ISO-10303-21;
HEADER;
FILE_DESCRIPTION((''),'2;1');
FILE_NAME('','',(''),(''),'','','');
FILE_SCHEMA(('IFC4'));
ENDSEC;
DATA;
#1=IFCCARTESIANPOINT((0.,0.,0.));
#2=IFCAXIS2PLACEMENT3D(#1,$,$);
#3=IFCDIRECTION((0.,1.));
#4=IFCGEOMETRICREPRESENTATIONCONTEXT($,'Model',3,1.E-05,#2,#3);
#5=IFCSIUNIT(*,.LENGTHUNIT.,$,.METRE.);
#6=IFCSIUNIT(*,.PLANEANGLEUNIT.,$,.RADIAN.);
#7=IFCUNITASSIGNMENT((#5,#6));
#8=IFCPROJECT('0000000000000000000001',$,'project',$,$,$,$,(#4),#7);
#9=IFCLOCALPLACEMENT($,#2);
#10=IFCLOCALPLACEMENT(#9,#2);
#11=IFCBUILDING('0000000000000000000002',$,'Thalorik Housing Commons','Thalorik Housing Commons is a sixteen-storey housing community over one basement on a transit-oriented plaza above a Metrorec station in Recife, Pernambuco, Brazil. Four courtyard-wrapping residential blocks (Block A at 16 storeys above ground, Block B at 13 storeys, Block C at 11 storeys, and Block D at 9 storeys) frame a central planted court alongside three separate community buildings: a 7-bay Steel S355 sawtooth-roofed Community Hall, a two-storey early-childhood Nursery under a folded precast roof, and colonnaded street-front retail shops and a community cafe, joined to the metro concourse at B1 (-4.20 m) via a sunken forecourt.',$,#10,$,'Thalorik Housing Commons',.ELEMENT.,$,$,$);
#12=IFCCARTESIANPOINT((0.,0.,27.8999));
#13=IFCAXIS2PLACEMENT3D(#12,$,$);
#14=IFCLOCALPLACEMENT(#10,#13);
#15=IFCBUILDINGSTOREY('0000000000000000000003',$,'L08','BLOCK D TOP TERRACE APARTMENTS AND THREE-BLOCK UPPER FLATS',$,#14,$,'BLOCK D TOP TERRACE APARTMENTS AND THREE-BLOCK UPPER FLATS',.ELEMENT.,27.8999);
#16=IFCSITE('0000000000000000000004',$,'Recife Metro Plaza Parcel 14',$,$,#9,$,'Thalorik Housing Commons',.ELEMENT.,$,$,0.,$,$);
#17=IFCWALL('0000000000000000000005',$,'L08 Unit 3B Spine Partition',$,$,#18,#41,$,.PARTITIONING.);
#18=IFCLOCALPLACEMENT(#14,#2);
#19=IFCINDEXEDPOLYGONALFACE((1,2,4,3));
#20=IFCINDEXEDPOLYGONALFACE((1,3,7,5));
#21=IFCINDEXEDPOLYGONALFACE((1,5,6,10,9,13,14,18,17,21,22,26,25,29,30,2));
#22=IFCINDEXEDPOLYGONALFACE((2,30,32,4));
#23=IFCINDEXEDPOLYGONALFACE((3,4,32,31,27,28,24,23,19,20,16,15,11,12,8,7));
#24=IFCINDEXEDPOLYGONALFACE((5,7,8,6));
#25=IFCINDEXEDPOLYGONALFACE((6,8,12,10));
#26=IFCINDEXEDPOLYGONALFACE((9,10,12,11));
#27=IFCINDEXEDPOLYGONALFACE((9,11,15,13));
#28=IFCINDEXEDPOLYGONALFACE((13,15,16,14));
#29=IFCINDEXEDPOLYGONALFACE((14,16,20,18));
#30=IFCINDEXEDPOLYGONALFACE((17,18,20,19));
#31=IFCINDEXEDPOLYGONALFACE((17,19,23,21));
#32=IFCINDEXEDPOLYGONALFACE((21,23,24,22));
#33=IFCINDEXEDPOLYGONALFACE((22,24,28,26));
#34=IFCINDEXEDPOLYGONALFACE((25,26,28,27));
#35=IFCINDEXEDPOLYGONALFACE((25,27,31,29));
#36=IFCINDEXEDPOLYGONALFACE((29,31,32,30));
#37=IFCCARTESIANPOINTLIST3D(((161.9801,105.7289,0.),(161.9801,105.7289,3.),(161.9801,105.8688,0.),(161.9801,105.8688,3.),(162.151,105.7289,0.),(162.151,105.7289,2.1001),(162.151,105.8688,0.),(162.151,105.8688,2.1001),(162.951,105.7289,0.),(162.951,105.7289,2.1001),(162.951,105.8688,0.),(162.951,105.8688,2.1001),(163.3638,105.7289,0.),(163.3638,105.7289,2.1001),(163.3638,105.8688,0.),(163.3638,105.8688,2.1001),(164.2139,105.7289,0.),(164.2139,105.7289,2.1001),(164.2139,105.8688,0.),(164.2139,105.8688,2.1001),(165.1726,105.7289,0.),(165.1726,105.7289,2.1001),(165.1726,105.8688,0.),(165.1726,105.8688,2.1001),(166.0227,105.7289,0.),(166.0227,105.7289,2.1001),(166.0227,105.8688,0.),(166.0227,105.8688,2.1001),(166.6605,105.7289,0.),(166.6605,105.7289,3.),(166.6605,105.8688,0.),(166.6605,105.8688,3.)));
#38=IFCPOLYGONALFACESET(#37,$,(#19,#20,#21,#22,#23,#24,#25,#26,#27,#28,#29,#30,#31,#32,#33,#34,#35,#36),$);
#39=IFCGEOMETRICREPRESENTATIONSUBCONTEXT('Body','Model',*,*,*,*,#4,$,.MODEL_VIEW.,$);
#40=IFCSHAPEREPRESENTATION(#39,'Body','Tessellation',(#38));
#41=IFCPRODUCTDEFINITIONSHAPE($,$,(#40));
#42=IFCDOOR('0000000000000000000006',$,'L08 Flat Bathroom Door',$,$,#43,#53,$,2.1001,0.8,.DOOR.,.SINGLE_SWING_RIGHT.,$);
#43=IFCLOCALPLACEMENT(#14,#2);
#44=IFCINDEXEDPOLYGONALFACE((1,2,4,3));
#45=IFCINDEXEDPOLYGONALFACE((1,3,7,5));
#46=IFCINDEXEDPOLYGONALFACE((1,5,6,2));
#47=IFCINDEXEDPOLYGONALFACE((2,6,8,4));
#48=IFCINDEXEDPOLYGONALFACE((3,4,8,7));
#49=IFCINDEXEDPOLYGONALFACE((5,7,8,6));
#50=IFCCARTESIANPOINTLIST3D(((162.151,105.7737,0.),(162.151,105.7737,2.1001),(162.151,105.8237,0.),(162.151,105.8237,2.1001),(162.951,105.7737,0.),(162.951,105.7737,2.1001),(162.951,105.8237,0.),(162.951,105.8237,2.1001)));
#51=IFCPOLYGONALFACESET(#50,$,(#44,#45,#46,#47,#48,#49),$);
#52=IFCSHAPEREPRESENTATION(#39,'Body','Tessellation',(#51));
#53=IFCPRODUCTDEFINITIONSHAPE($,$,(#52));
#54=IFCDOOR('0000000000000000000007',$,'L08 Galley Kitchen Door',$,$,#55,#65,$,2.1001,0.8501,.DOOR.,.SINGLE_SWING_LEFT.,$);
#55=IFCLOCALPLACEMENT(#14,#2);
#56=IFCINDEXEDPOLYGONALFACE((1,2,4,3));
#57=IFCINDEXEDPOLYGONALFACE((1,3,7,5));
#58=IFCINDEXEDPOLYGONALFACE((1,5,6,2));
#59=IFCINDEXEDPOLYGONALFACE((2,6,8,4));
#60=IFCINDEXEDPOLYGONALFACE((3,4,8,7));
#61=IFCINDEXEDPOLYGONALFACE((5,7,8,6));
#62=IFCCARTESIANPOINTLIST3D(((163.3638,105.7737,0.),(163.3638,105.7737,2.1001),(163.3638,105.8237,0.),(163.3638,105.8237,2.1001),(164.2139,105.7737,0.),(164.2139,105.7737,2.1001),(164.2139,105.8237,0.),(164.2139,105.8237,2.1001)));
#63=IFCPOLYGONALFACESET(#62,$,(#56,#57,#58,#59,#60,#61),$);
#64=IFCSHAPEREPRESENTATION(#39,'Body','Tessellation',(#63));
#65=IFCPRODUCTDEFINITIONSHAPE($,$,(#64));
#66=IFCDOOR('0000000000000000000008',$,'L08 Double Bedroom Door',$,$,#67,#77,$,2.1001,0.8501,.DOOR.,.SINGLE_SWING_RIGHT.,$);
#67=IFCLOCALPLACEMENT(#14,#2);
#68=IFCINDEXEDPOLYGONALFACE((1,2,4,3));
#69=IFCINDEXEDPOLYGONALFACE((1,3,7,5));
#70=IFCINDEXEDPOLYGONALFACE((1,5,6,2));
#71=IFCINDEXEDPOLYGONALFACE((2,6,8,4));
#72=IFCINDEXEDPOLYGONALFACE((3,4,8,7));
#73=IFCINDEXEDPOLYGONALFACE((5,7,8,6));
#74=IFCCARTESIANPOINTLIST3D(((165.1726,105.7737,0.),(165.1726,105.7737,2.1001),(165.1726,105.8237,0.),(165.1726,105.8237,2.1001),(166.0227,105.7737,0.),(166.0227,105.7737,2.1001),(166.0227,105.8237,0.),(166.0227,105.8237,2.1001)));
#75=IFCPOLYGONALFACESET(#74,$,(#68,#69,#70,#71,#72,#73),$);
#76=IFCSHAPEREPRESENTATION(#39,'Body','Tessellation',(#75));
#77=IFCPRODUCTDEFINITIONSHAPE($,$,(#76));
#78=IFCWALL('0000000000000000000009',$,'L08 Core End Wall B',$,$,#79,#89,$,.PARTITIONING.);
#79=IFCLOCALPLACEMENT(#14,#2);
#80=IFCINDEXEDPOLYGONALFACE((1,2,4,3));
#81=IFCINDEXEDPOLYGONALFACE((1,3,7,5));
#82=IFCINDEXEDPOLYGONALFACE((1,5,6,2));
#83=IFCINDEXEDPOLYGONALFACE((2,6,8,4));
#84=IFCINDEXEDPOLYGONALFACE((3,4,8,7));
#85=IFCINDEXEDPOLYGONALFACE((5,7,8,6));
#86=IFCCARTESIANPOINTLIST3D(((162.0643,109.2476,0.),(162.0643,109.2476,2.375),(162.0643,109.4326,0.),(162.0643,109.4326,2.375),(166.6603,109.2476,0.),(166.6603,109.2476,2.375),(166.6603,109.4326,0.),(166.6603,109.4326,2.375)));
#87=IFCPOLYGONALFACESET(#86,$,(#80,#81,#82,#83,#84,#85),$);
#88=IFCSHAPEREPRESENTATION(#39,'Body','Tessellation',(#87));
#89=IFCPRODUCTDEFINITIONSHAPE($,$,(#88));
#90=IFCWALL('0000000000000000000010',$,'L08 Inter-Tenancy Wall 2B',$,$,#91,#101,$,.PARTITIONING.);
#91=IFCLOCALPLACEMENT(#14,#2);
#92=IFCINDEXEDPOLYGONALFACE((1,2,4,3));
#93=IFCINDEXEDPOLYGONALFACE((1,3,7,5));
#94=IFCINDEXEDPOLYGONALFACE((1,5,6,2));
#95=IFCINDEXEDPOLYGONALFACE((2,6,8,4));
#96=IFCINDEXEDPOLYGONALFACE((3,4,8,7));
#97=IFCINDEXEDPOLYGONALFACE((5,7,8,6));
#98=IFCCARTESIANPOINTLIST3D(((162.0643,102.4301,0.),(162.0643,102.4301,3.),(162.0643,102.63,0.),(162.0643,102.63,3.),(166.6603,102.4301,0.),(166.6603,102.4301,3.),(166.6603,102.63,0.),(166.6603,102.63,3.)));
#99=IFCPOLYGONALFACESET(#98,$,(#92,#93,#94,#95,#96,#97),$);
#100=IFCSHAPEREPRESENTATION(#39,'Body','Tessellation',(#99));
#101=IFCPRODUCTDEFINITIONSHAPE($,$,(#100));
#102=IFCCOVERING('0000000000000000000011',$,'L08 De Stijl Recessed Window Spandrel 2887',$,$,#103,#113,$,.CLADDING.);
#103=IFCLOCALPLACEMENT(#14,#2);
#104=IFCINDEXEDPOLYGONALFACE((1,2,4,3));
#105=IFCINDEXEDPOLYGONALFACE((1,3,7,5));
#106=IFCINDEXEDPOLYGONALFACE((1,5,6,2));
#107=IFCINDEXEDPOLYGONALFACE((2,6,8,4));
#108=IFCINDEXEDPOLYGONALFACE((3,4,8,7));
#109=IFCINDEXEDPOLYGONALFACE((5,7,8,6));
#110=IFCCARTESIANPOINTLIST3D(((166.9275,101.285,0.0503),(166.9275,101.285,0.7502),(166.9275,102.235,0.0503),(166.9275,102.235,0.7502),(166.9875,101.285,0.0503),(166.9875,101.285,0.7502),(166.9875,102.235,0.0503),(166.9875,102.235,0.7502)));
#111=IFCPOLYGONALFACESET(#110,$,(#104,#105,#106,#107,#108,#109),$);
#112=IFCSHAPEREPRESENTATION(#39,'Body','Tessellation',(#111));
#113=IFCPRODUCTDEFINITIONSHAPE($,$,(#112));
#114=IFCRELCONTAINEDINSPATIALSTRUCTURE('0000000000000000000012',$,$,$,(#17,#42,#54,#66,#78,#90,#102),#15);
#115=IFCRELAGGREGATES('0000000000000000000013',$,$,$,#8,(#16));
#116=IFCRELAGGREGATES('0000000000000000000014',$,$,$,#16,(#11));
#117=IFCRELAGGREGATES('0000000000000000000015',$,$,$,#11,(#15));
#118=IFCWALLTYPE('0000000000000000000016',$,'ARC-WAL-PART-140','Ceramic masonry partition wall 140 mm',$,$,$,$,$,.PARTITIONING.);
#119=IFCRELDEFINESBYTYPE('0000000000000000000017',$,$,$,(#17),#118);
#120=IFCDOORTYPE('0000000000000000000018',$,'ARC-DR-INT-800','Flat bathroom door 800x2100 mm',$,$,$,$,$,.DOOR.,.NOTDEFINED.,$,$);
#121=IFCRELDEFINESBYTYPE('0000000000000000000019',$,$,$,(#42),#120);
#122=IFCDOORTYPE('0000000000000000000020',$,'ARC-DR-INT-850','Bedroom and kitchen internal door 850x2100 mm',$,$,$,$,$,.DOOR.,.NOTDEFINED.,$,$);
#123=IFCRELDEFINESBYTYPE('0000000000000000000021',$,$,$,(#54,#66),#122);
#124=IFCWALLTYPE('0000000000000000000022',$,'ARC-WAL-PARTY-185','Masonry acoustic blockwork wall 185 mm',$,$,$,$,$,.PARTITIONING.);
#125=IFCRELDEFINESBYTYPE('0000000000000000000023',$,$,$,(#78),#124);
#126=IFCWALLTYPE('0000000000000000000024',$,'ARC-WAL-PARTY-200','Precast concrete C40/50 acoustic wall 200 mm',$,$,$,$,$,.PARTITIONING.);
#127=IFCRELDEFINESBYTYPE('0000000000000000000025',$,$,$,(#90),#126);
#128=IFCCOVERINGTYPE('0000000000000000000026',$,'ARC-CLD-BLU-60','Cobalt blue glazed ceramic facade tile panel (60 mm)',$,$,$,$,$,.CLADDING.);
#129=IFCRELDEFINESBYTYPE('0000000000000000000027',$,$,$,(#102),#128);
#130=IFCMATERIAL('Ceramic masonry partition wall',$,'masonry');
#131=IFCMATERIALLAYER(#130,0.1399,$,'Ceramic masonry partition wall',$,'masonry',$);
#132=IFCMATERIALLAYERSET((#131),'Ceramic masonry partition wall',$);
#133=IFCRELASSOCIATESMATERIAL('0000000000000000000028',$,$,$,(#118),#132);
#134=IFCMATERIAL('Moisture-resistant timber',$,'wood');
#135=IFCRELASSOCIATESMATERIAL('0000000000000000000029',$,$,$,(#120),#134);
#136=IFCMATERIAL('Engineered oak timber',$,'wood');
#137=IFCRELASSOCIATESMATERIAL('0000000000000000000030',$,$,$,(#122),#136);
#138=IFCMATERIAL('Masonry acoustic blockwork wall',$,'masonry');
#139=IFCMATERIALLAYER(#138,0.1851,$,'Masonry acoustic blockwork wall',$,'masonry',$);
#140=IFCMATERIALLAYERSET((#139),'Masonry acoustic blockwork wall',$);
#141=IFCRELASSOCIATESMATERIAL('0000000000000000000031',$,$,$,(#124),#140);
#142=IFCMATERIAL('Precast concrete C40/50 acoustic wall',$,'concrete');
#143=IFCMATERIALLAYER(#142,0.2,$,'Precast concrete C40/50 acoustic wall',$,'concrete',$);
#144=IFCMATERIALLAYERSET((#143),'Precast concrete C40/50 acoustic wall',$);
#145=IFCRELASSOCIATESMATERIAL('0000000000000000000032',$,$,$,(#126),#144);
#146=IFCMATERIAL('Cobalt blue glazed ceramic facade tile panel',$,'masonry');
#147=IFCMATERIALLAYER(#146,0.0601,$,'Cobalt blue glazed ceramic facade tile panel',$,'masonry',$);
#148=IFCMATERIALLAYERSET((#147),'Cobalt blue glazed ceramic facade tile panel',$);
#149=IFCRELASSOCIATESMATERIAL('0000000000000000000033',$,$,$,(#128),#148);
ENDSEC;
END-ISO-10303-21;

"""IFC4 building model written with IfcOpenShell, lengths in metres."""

from ifc_helpers import new_model, si_unit, direction, frame, frame_2d, origin, origin_2d, place, context, subcontext, project, spatial, rectangle, extrude, material, layer, layer_set, type_object, element, fill, save


model = new_model("IFC4")

# Units and contexts
model_context = context("Model", 3, precision=1e-05, world=origin(), true_north=direction((0.0, 1.0)))
body_context = subcontext(model_context, "Body", "Model", "MODEL_VIEW")
ifc_project = project(units=[si_unit("LENGTHUNIT", "METRE"), si_unit("PLANEANGLEUNIT", "RADIAN")], contexts=[model_context])

# Site, building, storey
site_placement = place(None, origin())
site = spatial("IfcSite", under=ifc_project, at=site_placement, Name="Recife Metro Plaza Parcel 14", LongName="Thalorik Housing Commons", CompositionType="ELEMENT", RefElevation=0.0)
building_placement = place(site_placement, origin())
building = spatial("IfcBuilding", under=site, at=building_placement, Name="Thalorik Housing Commons", Description="Thalorik Housing Commons is a sixteen-storey housing community over one basement on a transit-oriented plaza above a Metrorec station in Recife, Pernambuco, Brazil. Four courtyard-wrapping residential blocks (Block A at 16 storeys above ground, Block B at 13 storeys, Block C at 11 storeys, and Block D at 9 storeys) frame a central planted court alongside three separate community buildings: a 7-bay Steel S355 sawtooth-roofed Community Hall, a two-storey early-childhood Nursery under a folded precast roof, and colonnaded street-front retail shops and a community cafe, joined to the metro concourse at B1 (-4.20 m) via a sunken forecourt.", LongName="Thalorik Housing Commons", CompositionType="ELEMENT")
storey_placement = place(building_placement, frame((0.0, 0.0, 27.8999)))
storey = spatial("IfcBuildingStorey", under=building, at=storey_placement, Name="L08", Description="BLOCK D TOP TERRACE APARTMENTS AND THREE-BLOCK UPPER FLATS", LongName="BLOCK D TOP TERRACE APARTMENTS AND THREE-BLOCK UPPER FLATS", CompositionType="ELEMENT", Elevation=27.8999)

# Wall, openings, doors
ifc_material_1 = material(Name="Ceramic masonry partition wall", Category="masonry")
ifc_layer_1 = layer(ifc_material_1, 0.1399, Name="Ceramic masonry partition wall", Category="masonry")
ifc_layer_set_1 = layer_set([ifc_layer_1], Name="Ceramic masonry partition wall")
wall_type_1 = type_object("IfcWallType", Name="ARC-WAL-PART-140", Description="Ceramic masonry partition wall 140 mm", PredefinedType="PARTITIONING", material=ifc_layer_set_1)
wall_1_placement = place(storey_placement, frame((161.98, 105.7988, 0.0), z_axis=(0.0, 0.0, 1.0), x_axis=(1.0, 0.0, 0.0)))
wall_1 = element("IfcWall", 1, at=wall_1_placement, inside=storey, type_object=wall_type_1, Name="L08 Unit 3B Spine Partition", PredefinedType="PARTITIONING", context=body_context, shape_type="SweptSolid", body=[
    extrude(rectangle(XDim=4.6804, YDim=0.1399, at=frame_2d((2.3403, 0.0))), origin(), (0.0, 0.0, 1.0), 3.0),
])
opening_1_placement = place(wall_1_placement, frame((0.1711, 0.0, 0.0)))
opening_1 = element("IfcOpeningElement", 2, at=opening_1_placement, cuts=wall_1, PredefinedType="OPENING", context=body_context, shape_type="SweptSolid", body=[
    extrude(rectangle(XDim=0.8, YDim=2.1001, at=frame_2d((0.3999, 1.05))), frame((0.0, 0.0801, 0.0), z_axis=(0.0, -1.0, 0.0), x_axis=(1.0, 0.0, 0.0)), (0.0, 0.0, 1.0), 0.1599),
])
opening_2_placement = place(wall_1_placement, frame((1.3838, 0.0, 0.0)))
opening_2 = element("IfcOpeningElement", 3, at=opening_2_placement, cuts=wall_1, PredefinedType="OPENING", context=body_context, shape_type="SweptSolid", body=[
    extrude(rectangle(XDim=0.8501, YDim=2.1001, at=frame_2d((0.425, 1.05))), frame((0.0, 0.0801, 0.0), z_axis=(0.0, -1.0, 0.0), x_axis=(1.0, 0.0, 0.0)), (0.0, 0.0, 1.0), 0.1599),
])
opening_3_placement = place(wall_1_placement, frame((3.1926, 0.0, 0.0)))
opening_3 = element("IfcOpeningElement", 4, at=opening_3_placement, cuts=wall_1, PredefinedType="OPENING", context=body_context, shape_type="SweptSolid", body=[
    extrude(rectangle(XDim=0.8501, YDim=2.1001, at=frame_2d((0.425, 1.05))), frame((0.0, 0.0801, 0.0), z_axis=(0.0, -1.0, 0.0), x_axis=(1.0, 0.0, 0.0)), (0.0, 0.0, 1.0), 0.1599),
])
ifc_material_2 = material(Name="Moisture-resistant timber", Category="wood")
door_type_1 = type_object("IfcDoorType", Name="ARC-DR-INT-800", Description="Flat bathroom door 800x2100 mm", OperationType="NOTDEFINED", PredefinedType="DOOR", material=ifc_material_2)
door_1_placement = place(opening_1_placement, origin())
door_1 = element("IfcDoor", 5, at=door_1_placement, inside=storey, type_object=door_type_1, Name="L08 Flat Bathroom Door", OperationType="SINGLE_SWING_RIGHT", OverallHeight=2.1001, OverallWidth=0.8, PredefinedType="DOOR", context=body_context, shape_type="SweptSolid", body=[
    extrude(rectangle(XDim=0.8, YDim=2.1001, at=frame_2d((0.3999, 1.05))), frame((0.0, 0.0249, 0.0), z_axis=(0.0, -1.0, 0.0), x_axis=(1.0, 0.0, 0.0)), (0.0, 0.0, 1.0), 0.05),
])
fill(opening_1, door_1)
ifc_material_3 = material(Name="Engineered oak timber", Category="wood")
door_type_2 = type_object("IfcDoorType", Name="ARC-DR-INT-850", Description="Bedroom and kitchen internal door 850x2100 mm", OperationType="NOTDEFINED", PredefinedType="DOOR", material=ifc_material_3)
door_2_placement = place(opening_2_placement, origin())
door_2 = element("IfcDoor", 6, at=door_2_placement, inside=storey, type_object=door_type_2, Name="L08 Galley Kitchen Door", OperationType="SINGLE_SWING_LEFT", OverallHeight=2.1001, OverallWidth=0.8501, PredefinedType="DOOR", context=body_context, shape_type="SweptSolid", body=[
    extrude(rectangle(XDim=0.8501, YDim=2.1001, at=frame_2d((0.425, 1.05))), frame((0.0, 0.0249, 0.0), z_axis=(0.0, -1.0, 0.0), x_axis=(1.0, 0.0, 0.0)), (0.0, 0.0, 1.0), 0.05),
])
fill(opening_2, door_2)
door_3_placement = place(opening_3_placement, origin())
door_3 = element("IfcDoor", 7, at=door_3_placement, inside=storey, type_object=door_type_2, Name="L08 Double Bedroom Door", OperationType="SINGLE_SWING_RIGHT", OverallHeight=2.1001, OverallWidth=0.8501, PredefinedType="DOOR", context=body_context, shape_type="SweptSolid", body=[
    extrude(rectangle(XDim=0.8501, YDim=2.1001, at=frame_2d((0.425, 1.05))), frame((0.0, 0.0249, 0.0), z_axis=(0.0, -1.0, 0.0), x_axis=(1.0, 0.0, 0.0)), (0.0, 0.0, 1.0), 0.05),
])
fill(opening_3, door_3)

# Walls
ifc_material_4 = material(Name="Masonry acoustic blockwork wall", Category="masonry")
ifc_layer_2 = layer(ifc_material_4, 0.1851, Name="Masonry acoustic blockwork wall", Category="masonry")
ifc_layer_set_2 = layer_set([ifc_layer_2], Name="Masonry acoustic blockwork wall")
wall_type_2 = type_object("IfcWallType", Name="ARC-WAL-PARTY-185", Description="Masonry acoustic blockwork wall 185 mm", PredefinedType="PARTITIONING", material=ifc_layer_set_2)
wall_2_placement = place(storey_placement, frame((162.0645, 109.3401, 0.0), z_axis=(0.0, 0.0, 1.0), x_axis=(1.0, 0.0, 0.0)))
element("IfcWall", 8, at=wall_2_placement, inside=storey, type_object=wall_type_2, Name="L08 Core End Wall B", PredefinedType="PARTITIONING", context=body_context, shape_type="SweptSolid", body=[
    extrude(rectangle(XDim=4.5959, YDim=0.1851, at=frame_2d((2.2979, 0.0))), origin(), (0.0, 0.0, 1.0), 2.375),
])
ifc_material_5 = material(Name="Precast concrete C40/50 acoustic wall", Category="concrete")
ifc_layer_3 = layer(ifc_material_5, 0.2, Name="Precast concrete C40/50 acoustic wall", Category="concrete")
ifc_layer_set_3 = layer_set([ifc_layer_3], Name="Precast concrete C40/50 acoustic wall")
wall_type_3 = type_object("IfcWallType", Name="ARC-WAL-PARTY-200", Description="Precast concrete C40/50 acoustic wall 200 mm", PredefinedType="PARTITIONING", material=ifc_layer_set_3)
wall_3_placement = place(storey_placement, frame((162.0645, 102.53, 0.0), z_axis=(0.0, 0.0, 1.0), x_axis=(1.0, 0.0, 0.0)))
element("IfcWall", 9, at=wall_3_placement, inside=storey, type_object=wall_type_3, Name="L08 Inter-Tenancy Wall 2B", PredefinedType="PARTITIONING", context=body_context, shape_type="SweptSolid", body=[
    extrude(rectangle(XDim=4.5959, YDim=0.2, at=frame_2d((2.2979, 0.0))), origin(), (0.0, 0.0, 1.0), 3.0),
])

# Covering
ifc_material_6 = material(Name="Cobalt blue glazed ceramic facade tile panel", Category="masonry")
ifc_layer_4 = layer(ifc_material_6, 0.0601, Name="Cobalt blue glazed ceramic facade tile panel", Category="masonry")
ifc_layer_set_4 = layer_set([ifc_layer_4], Name="Cobalt blue glazed ceramic facade tile panel")
covering_type_1 = type_object("IfcCoveringType", Name="ARC-CLD-BLU-60", Description="Cobalt blue glazed ceramic facade tile panel (60 mm)", PredefinedType="CLADDING", material=ifc_layer_set_4)
covering_1_placement = place(storey_placement, frame((166.9575, 101.76, 0.0503), z_axis=(0.0, 0.0, 1.0), x_axis=(0.0, 1.0, 0.0)))
element("IfcCovering", 10, at=covering_1_placement, inside=storey, type_object=covering_type_1, Name="L08 De Stijl Recessed Window Spandrel 2887", PredefinedType="CLADDING", context=body_context, shape_type="SweptSolid", body=[
    extrude(rectangle(XDim=0.95, YDim=0.0601, at=origin_2d()), origin(), (0.0, 0.0, 1.0), 0.7),
])

save(model, "model.ifc")
